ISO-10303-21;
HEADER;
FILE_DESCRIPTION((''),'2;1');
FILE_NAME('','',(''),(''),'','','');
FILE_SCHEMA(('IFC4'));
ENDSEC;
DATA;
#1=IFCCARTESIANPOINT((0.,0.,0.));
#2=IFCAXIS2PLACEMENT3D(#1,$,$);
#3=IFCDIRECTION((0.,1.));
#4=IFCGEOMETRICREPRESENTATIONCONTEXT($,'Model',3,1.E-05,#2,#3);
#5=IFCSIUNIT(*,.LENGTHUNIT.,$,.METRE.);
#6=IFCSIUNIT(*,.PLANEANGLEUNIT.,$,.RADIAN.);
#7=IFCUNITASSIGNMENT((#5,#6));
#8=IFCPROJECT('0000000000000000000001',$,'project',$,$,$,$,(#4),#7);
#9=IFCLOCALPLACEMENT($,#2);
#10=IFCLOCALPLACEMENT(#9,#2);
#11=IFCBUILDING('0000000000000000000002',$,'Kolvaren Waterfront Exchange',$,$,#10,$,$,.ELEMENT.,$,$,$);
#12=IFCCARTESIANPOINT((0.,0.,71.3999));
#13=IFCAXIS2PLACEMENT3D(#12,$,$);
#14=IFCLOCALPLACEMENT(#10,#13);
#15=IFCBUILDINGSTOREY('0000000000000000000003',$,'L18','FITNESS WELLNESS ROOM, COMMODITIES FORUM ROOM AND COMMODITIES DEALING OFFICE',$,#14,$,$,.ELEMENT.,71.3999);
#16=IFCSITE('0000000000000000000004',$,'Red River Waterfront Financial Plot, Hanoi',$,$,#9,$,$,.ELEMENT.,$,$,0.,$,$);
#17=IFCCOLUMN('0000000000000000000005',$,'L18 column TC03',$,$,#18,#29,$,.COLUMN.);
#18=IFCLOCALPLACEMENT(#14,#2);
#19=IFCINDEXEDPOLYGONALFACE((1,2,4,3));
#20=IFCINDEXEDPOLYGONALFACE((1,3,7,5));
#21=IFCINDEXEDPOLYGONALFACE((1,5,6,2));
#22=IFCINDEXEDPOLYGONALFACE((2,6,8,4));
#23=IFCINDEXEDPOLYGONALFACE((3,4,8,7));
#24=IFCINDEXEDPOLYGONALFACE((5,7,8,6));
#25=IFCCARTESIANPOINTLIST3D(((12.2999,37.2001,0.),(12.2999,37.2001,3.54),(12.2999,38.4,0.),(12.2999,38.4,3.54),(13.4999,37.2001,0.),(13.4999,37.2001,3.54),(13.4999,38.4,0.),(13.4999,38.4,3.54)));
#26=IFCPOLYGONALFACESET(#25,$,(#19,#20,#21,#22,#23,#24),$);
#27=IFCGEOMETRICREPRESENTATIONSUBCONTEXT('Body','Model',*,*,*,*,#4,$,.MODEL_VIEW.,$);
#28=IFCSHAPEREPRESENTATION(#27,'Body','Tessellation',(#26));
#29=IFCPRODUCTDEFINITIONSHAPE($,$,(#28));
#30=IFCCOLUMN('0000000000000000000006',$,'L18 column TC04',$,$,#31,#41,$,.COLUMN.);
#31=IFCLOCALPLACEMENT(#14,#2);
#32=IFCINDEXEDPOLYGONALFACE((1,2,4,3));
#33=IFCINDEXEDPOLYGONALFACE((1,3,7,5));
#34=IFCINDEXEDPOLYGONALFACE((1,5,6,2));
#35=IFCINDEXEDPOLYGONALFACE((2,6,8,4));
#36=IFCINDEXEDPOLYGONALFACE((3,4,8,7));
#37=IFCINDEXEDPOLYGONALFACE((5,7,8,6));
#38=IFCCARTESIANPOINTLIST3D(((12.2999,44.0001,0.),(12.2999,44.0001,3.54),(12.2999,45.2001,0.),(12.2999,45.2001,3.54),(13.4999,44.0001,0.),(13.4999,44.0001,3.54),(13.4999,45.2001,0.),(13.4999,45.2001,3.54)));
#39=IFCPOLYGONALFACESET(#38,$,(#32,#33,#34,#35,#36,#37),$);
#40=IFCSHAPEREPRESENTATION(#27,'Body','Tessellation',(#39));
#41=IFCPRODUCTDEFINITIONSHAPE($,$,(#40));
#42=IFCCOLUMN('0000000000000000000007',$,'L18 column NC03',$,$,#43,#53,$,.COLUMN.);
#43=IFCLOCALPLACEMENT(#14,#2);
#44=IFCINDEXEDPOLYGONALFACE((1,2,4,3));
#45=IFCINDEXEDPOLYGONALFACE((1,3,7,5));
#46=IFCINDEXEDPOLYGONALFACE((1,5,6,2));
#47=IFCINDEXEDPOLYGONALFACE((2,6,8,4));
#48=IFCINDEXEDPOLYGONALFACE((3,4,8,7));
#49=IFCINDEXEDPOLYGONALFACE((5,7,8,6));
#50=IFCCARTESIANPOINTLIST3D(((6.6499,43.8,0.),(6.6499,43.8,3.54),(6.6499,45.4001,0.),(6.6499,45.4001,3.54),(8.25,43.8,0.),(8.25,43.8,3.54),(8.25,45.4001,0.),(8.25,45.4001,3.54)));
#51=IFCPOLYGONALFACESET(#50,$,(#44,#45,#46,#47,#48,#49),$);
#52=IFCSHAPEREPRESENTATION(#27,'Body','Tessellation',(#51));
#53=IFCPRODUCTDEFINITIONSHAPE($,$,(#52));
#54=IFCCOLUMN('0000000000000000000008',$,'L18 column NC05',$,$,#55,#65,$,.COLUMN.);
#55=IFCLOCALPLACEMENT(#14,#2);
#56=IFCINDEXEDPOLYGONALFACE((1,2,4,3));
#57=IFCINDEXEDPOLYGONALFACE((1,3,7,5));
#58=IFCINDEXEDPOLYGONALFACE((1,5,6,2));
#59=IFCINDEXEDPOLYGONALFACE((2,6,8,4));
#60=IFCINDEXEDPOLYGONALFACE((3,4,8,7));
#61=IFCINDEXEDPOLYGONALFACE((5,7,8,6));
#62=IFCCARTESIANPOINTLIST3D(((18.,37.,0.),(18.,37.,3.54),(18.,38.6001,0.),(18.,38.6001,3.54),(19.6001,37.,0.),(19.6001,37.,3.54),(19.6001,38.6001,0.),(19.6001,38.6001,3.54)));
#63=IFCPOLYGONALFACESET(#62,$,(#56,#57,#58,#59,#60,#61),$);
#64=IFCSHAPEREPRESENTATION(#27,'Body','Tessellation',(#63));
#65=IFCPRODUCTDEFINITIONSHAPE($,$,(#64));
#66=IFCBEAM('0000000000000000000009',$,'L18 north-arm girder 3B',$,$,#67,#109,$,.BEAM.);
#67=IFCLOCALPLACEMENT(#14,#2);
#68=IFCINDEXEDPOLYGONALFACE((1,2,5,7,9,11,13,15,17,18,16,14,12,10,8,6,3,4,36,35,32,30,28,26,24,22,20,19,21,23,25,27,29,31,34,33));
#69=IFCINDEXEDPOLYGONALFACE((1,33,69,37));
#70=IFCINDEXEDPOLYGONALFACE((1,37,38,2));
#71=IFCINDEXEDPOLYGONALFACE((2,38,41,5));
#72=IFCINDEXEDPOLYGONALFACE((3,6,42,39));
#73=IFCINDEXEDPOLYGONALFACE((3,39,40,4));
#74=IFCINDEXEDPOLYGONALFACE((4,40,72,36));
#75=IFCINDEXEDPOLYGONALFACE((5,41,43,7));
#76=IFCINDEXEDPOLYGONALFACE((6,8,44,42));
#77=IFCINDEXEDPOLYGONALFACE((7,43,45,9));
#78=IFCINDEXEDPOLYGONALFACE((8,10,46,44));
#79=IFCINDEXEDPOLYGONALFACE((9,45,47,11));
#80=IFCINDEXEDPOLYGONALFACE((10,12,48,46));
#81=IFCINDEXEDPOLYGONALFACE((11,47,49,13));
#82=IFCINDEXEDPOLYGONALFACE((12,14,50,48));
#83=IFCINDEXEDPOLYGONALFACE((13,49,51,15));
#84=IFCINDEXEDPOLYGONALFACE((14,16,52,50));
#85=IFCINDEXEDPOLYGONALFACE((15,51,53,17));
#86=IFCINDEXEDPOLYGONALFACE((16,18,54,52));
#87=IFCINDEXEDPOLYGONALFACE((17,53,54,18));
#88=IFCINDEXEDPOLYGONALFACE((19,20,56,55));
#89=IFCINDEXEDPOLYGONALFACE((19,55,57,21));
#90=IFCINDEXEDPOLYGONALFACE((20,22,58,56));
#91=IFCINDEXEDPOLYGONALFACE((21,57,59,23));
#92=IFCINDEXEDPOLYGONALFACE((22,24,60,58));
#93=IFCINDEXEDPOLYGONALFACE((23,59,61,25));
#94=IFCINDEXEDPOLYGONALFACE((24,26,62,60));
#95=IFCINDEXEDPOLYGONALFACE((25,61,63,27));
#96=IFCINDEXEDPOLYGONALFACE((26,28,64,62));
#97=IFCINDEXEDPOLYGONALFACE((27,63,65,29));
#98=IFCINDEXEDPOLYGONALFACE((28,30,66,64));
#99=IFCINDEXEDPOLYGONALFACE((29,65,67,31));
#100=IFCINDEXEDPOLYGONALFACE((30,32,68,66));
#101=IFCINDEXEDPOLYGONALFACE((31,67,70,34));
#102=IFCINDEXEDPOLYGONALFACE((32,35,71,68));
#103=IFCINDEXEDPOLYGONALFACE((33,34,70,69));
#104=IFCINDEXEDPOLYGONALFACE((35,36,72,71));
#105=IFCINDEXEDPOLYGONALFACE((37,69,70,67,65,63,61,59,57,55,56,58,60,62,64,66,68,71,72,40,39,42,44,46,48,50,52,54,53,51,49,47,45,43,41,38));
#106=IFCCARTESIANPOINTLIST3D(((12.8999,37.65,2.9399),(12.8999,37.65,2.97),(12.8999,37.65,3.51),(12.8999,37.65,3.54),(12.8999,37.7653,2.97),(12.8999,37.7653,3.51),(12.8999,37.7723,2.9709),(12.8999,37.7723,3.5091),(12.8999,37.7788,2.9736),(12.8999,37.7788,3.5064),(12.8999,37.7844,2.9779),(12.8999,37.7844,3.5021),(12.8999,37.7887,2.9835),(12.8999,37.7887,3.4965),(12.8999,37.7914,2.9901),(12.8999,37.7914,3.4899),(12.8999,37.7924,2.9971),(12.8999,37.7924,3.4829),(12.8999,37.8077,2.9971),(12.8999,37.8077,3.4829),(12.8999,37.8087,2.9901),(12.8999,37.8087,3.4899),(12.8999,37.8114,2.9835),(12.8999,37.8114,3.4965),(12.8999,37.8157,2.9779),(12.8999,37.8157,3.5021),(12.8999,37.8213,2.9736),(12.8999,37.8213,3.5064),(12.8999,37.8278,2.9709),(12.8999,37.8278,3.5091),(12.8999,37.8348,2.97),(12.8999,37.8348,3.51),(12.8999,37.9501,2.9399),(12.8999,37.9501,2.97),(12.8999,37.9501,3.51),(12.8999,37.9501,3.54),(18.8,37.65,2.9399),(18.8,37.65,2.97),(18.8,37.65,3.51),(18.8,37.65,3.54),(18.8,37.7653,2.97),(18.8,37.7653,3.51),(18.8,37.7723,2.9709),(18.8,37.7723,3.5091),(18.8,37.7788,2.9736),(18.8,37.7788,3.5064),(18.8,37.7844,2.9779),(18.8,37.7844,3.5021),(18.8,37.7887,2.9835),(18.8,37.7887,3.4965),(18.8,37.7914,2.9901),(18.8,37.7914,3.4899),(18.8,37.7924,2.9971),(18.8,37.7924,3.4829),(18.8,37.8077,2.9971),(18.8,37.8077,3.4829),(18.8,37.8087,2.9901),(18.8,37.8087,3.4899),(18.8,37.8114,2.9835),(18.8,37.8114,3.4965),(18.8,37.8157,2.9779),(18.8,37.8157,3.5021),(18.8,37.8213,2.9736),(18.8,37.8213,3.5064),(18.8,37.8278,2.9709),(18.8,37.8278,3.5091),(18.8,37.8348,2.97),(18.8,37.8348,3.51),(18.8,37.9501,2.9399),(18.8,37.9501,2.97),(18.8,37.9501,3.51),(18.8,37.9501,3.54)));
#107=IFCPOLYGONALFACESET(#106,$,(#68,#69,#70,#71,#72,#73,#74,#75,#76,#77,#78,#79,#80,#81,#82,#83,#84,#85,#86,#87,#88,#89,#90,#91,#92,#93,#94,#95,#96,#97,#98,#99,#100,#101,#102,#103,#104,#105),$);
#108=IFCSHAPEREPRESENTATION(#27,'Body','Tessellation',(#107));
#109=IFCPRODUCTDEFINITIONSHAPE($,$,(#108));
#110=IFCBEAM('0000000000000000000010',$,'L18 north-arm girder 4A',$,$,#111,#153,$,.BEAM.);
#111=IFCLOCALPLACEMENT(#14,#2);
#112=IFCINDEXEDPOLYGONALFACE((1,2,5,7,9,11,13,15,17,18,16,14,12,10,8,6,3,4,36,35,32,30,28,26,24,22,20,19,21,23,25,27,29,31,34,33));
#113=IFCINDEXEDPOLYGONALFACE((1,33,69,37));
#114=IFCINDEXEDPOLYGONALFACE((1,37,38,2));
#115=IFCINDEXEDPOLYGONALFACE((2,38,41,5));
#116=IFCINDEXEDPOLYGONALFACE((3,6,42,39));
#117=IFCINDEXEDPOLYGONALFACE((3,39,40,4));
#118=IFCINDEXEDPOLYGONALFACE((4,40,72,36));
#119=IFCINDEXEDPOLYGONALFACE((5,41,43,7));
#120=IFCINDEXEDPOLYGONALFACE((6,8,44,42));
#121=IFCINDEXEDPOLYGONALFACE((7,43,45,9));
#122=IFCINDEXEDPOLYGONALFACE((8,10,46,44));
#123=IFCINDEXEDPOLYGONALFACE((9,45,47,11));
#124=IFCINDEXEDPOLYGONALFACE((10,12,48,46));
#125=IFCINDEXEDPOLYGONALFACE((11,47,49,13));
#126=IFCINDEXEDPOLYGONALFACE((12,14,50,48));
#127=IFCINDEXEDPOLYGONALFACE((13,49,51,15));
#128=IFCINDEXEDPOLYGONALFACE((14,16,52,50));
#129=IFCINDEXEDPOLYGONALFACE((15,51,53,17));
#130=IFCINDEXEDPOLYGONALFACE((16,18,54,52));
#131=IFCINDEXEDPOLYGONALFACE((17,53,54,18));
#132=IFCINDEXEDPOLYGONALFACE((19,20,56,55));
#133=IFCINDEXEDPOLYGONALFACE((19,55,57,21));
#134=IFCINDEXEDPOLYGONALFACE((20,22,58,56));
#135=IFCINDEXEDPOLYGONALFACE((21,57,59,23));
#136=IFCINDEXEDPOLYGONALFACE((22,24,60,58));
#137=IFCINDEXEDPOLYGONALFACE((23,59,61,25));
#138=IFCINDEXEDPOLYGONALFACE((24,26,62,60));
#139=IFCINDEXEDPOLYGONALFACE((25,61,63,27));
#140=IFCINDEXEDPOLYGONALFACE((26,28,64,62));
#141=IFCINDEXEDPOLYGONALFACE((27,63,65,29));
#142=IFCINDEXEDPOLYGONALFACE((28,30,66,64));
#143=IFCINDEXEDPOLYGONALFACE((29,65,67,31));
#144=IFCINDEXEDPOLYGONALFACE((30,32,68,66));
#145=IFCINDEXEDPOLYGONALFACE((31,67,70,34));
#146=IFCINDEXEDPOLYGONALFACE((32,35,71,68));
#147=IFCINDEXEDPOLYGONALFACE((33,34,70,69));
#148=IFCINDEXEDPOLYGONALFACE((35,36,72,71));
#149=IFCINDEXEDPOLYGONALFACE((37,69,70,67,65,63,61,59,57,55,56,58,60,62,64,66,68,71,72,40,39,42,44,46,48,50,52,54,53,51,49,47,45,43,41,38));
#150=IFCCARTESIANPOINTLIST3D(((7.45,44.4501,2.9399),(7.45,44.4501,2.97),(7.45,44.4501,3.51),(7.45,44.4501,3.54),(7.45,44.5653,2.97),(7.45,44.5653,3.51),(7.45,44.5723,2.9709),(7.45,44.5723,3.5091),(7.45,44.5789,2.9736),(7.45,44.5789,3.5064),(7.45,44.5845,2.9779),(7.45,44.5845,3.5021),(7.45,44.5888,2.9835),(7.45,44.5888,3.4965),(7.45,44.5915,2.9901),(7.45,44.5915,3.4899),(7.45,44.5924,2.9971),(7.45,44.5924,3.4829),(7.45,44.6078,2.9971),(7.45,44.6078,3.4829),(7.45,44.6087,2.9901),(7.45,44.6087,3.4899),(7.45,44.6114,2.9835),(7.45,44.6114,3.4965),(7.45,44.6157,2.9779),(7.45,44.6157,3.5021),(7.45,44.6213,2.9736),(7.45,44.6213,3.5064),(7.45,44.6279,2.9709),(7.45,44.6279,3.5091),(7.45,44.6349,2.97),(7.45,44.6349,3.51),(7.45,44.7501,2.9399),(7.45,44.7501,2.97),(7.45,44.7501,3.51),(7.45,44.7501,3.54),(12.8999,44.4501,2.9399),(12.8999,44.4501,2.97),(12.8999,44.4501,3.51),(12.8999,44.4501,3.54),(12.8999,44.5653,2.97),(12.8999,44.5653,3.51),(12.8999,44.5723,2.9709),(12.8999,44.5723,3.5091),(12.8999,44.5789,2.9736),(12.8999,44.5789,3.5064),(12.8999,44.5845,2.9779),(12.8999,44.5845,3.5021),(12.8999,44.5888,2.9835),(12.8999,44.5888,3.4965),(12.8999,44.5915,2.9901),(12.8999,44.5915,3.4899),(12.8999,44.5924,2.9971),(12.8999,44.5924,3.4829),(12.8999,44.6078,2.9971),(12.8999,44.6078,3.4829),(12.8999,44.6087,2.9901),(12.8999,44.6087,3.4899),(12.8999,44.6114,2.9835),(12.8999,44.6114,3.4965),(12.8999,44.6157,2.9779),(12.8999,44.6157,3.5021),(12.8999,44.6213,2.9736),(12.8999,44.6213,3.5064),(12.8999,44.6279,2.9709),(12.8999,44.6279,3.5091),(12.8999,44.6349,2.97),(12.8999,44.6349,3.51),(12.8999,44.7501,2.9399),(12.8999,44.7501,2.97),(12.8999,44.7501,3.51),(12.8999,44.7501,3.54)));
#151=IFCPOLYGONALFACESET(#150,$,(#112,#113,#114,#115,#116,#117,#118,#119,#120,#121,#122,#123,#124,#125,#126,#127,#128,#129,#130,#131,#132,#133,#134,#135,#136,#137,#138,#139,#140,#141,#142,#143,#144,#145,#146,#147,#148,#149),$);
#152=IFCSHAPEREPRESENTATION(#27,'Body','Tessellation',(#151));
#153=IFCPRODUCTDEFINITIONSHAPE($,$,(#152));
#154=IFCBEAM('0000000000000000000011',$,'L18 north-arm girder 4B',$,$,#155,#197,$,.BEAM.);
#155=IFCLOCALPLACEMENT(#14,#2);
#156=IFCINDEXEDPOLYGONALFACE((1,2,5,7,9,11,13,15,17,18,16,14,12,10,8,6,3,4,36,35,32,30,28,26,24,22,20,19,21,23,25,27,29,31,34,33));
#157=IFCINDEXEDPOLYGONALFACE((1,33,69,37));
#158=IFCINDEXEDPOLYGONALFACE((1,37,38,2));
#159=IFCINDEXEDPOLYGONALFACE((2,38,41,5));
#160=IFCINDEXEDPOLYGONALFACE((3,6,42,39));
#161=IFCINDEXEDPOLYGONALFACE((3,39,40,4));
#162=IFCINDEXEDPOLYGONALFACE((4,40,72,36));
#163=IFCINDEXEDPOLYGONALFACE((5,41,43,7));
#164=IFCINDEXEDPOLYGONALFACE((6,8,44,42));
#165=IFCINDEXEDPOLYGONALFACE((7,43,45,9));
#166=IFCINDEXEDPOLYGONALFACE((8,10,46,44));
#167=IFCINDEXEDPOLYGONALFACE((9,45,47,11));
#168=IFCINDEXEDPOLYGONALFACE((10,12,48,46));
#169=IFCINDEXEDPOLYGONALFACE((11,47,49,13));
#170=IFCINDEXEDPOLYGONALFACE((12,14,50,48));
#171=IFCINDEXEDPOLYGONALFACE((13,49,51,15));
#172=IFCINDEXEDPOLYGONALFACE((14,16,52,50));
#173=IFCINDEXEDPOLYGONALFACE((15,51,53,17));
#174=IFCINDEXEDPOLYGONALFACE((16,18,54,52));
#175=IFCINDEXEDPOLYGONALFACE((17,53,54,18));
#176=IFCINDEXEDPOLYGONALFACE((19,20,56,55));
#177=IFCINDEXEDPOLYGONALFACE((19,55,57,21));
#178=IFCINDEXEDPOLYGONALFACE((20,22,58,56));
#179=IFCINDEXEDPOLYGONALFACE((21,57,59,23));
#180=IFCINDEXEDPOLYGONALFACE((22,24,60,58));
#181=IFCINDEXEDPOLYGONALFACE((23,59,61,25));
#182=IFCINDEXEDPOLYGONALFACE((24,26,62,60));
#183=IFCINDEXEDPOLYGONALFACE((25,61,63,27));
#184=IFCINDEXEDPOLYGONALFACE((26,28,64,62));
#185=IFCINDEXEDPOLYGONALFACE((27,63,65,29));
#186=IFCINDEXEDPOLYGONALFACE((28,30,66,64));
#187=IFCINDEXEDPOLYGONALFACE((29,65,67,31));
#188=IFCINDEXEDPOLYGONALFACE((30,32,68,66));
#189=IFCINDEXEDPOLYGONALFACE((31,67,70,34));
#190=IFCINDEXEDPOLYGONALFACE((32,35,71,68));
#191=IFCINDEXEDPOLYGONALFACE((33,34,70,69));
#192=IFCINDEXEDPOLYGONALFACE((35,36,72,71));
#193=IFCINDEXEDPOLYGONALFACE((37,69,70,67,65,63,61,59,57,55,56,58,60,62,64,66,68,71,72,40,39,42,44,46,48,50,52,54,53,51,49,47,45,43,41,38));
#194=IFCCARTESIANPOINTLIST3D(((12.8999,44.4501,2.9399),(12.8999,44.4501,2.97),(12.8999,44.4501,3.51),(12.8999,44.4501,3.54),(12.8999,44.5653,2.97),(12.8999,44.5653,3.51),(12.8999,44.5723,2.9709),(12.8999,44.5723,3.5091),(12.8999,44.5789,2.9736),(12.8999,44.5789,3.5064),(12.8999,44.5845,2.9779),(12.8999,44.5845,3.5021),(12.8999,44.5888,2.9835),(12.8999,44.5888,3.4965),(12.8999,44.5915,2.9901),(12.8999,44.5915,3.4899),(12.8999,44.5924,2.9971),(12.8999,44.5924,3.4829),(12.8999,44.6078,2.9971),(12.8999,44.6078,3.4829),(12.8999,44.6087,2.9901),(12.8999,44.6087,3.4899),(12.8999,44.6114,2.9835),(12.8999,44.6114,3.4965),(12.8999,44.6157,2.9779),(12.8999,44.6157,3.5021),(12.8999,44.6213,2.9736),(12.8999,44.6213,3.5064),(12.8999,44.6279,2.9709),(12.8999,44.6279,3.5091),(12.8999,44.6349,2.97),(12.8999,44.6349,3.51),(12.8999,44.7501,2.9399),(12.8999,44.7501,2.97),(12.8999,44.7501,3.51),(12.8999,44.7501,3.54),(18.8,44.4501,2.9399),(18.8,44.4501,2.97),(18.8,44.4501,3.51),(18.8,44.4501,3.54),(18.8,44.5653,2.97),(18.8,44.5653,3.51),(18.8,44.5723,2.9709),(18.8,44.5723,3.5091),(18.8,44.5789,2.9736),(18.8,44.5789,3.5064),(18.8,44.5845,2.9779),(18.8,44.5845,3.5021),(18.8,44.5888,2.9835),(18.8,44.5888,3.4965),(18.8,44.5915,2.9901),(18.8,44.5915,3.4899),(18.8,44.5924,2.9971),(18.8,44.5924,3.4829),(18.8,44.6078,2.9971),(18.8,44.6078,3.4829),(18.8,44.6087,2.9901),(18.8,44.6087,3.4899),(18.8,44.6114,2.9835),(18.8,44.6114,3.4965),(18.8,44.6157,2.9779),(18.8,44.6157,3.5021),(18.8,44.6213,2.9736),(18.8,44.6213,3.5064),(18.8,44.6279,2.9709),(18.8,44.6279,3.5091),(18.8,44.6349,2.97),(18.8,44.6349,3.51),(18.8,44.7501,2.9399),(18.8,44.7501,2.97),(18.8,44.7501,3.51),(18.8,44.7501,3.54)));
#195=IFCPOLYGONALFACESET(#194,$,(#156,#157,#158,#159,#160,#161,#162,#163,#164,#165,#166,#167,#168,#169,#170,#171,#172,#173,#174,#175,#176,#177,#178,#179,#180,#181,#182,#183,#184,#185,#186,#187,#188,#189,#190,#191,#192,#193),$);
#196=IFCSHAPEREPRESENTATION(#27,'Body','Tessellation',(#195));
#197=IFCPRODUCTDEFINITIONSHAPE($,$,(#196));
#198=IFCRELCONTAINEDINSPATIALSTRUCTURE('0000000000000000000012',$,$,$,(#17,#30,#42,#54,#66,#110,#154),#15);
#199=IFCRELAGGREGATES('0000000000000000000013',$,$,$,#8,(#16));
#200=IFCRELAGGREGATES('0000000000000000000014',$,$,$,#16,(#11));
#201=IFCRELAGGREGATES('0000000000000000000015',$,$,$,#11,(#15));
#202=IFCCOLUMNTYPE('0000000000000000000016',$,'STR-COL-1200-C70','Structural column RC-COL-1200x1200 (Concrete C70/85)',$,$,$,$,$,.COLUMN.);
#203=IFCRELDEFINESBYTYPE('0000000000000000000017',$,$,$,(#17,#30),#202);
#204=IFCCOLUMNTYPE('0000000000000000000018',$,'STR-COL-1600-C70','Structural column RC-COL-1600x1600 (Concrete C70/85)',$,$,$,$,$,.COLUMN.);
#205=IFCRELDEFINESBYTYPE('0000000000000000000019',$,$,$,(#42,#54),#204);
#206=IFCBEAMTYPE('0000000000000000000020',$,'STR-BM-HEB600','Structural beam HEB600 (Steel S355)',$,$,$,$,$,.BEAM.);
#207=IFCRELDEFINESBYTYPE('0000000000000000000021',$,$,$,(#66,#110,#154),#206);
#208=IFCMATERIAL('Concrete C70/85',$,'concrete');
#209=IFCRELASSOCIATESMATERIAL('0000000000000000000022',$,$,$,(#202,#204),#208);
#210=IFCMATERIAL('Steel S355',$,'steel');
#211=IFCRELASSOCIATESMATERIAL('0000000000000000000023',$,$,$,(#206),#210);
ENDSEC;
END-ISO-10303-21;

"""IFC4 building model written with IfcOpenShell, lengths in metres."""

from ifc_helpers import new_model, si_unit, direction, frame, origin, origin_2d, place, context, subcontext, project, spatial, rectangle, i_section, extrude, material, material_profile, profile_set, type_object, element, save


model = new_model("IFC4")

# Units and contexts
model_context = context("Model", 3, precision=1e-05, world=origin(), true_north=direction((0.0, 1.0)))
body_context = subcontext(model_context, "Body", "Model", "MODEL_VIEW")
ifc_project = project(units=[si_unit("LENGTHUNIT", "METRE"), si_unit("PLANEANGLEUNIT", "RADIAN")], contexts=[model_context])

# Site, building, storey
site_placement = place(None, origin())
site = spatial("IfcSite", under=ifc_project, at=site_placement, Name="Red River Waterfront Financial Plot, Hanoi", CompositionType="ELEMENT", RefElevation=0.0)
building_placement = place(site_placement, origin())
building = spatial("IfcBuilding", under=site, at=building_placement, Name="Kolvaren Waterfront Exchange", CompositionType="ELEMENT")
storey_placement = place(building_placement, frame((0.0, 0.0, 71.3999)))
storey = spatial("IfcBuildingStorey", under=building, at=storey_placement, Name="L18", Description="FITNESS WELLNESS ROOM, COMMODITIES FORUM ROOM AND COMMODITIES DEALING OFFICE", CompositionType="ELEMENT", Elevation=71.3999)

# Columns
ifc_material_1 = material(Name="Concrete C70/85", Category="concrete")
ifc_material_profile_1 = material_profile(ifc_material_1, rectangle(XDim=1.2, YDim=1.2, at=origin_2d()), Name="RC-COL-1200x1200")
ifc_profile_set_1 = profile_set([ifc_material_profile_1], Name="Concrete C70/85")
column_type_1 = type_object("IfcColumnType", Name="STR-COL-1200-C70", Description="Structural column RC-COL-1200x1200 (Concrete C70/85)", PredefinedType="COLUMN", material=ifc_profile_set_1)
for number, where, z_axis, x_axis, name in (
    (1, (12.8999, 37.8, 0.0), (0.0, 0.0, 1.0), (1.0, 0.0, 0.0), "L18 column TC03"),
    (2, (12.8999, 44.6001, 0.0), (0.0, 0.0, 1.0), (1.0, 0.0, 0.0), "L18 column TC04"),
):
    element("IfcColumn", number, at=place(storey_placement, frame(where, z_axis=z_axis, x_axis=x_axis)), inside=storey, type_object=column_type_1, Name=name, PredefinedType="COLUMN", context=body_context, shape_type="SweptSolid", body=[
        extrude(rectangle(XDim=1.2, YDim=1.2, at=origin_2d()), origin(), (0.0, 0.0, 1.0), 3.54),
    ])
ifc_material_profile_2 = material_profile(ifc_material_1, rectangle(XDim=1.6001, YDim=1.6001, at=origin_2d()), Name="RC-COL-1600x1600")
ifc_profile_set_2 = profile_set([ifc_material_profile_2], Name="Concrete C70/85")
column_type_2 = type_object("IfcColumnType", Name="STR-COL-1600-C70", Description="Structural column RC-COL-1600x1600 (Concrete C70/85)", PredefinedType="COLUMN", material=ifc_profile_set_2)
for number, where, z_axis, x_axis, name in (
    (3, (7.45, 44.6001, 0.0), (0.0, 0.0, 1.0), (1.0, 0.0, 0.0), "L18 column NC03"),
    (4, (18.8, 37.8, 0.0), (0.0, 0.0, 1.0), (1.0, 0.0, 0.0), "L18 column NC05"),
):
    element("IfcColumn", number, at=place(storey_placement, frame(where, z_axis=z_axis, x_axis=x_axis)), inside=storey, type_object=column_type_2, Name=name, PredefinedType="COLUMN", context=body_context, shape_type="SweptSolid", body=[
        extrude(rectangle(XDim=1.6001, YDim=1.6001, at=origin_2d()), origin(), (0.0, 0.0, 1.0), 3.54),
    ])

# Beams
ifc_material_2 = material(Name="Steel S355", Category="steel")
ifc_material_profile_3 = material_profile(ifc_material_2, i_section(OverallWidth=0.3, OverallDepth=0.6001, WebThickness=0.0154, FlangeThickness=0.03, FilletRadius=0.0271, at=origin_2d()), Name="HEB600")
ifc_profile_set_3 = profile_set([ifc_material_profile_3], Name="Steel S355")
beam_type_1 = type_object("IfcBeamType", Name="STR-BM-HEB600", Description="Structural beam HEB600 (Steel S355)", PredefinedType="BEAM", material=ifc_profile_set_3)
beam_1_placement = place(storey_placement, frame((12.8999, 37.8, 3.24), z_axis=(1.0, 0.0, 0.0), x_axis=(0.0, 1.0, 0.0)))
element("IfcBeam", 5, at=beam_1_placement, inside=storey, type_object=beam_type_1, Name="L18 north-arm girder 3B", PredefinedType="BEAM", context=body_context, shape_type="SweptSolid", body=[
    extrude(i_section(OverallWidth=0.3, OverallDepth=0.6001, WebThickness=0.0154, FlangeThickness=0.03, FilletRadius=0.0271, at=origin_2d()), origin(), (0.0, 0.0, 1.0), 5.9001),
])
beam_2_placement = place(storey_placement, frame((7.45, 44.6001, 3.24), z_axis=(1.0, 0.0, 0.0), x_axis=(0.0, 1.0, 0.0)))
element("IfcBeam", 6, at=beam_2_placement, inside=storey, type_object=beam_type_1, Name="L18 north-arm girder 4A", PredefinedType="BEAM", context=body_context, shape_type="SweptSolid", body=[
    extrude(i_section(OverallWidth=0.3, OverallDepth=0.6001, WebThickness=0.0154, FlangeThickness=0.03, FilletRadius=0.0271, at=origin_2d()), origin(), (0.0, 0.0, 1.0), 5.45),
])
beam_3_placement = place(storey_placement, frame((12.8999, 44.6001, 3.24), z_axis=(1.0, 0.0, 0.0), x_axis=(0.0, 1.0, 0.0)))
element("IfcBeam", 7, at=beam_3_placement, inside=storey, type_object=beam_type_1, Name="L18 north-arm girder 4B", PredefinedType="BEAM", context=body_context, shape_type="SweptSolid", body=[
    extrude(i_section(OverallWidth=0.3, OverallDepth=0.6001, WebThickness=0.0154, FlangeThickness=0.03, FilletRadius=0.0271, at=origin_2d()), origin(), (0.0, 0.0, 1.0), 5.9001),
])

save(model, "model.ifc")
